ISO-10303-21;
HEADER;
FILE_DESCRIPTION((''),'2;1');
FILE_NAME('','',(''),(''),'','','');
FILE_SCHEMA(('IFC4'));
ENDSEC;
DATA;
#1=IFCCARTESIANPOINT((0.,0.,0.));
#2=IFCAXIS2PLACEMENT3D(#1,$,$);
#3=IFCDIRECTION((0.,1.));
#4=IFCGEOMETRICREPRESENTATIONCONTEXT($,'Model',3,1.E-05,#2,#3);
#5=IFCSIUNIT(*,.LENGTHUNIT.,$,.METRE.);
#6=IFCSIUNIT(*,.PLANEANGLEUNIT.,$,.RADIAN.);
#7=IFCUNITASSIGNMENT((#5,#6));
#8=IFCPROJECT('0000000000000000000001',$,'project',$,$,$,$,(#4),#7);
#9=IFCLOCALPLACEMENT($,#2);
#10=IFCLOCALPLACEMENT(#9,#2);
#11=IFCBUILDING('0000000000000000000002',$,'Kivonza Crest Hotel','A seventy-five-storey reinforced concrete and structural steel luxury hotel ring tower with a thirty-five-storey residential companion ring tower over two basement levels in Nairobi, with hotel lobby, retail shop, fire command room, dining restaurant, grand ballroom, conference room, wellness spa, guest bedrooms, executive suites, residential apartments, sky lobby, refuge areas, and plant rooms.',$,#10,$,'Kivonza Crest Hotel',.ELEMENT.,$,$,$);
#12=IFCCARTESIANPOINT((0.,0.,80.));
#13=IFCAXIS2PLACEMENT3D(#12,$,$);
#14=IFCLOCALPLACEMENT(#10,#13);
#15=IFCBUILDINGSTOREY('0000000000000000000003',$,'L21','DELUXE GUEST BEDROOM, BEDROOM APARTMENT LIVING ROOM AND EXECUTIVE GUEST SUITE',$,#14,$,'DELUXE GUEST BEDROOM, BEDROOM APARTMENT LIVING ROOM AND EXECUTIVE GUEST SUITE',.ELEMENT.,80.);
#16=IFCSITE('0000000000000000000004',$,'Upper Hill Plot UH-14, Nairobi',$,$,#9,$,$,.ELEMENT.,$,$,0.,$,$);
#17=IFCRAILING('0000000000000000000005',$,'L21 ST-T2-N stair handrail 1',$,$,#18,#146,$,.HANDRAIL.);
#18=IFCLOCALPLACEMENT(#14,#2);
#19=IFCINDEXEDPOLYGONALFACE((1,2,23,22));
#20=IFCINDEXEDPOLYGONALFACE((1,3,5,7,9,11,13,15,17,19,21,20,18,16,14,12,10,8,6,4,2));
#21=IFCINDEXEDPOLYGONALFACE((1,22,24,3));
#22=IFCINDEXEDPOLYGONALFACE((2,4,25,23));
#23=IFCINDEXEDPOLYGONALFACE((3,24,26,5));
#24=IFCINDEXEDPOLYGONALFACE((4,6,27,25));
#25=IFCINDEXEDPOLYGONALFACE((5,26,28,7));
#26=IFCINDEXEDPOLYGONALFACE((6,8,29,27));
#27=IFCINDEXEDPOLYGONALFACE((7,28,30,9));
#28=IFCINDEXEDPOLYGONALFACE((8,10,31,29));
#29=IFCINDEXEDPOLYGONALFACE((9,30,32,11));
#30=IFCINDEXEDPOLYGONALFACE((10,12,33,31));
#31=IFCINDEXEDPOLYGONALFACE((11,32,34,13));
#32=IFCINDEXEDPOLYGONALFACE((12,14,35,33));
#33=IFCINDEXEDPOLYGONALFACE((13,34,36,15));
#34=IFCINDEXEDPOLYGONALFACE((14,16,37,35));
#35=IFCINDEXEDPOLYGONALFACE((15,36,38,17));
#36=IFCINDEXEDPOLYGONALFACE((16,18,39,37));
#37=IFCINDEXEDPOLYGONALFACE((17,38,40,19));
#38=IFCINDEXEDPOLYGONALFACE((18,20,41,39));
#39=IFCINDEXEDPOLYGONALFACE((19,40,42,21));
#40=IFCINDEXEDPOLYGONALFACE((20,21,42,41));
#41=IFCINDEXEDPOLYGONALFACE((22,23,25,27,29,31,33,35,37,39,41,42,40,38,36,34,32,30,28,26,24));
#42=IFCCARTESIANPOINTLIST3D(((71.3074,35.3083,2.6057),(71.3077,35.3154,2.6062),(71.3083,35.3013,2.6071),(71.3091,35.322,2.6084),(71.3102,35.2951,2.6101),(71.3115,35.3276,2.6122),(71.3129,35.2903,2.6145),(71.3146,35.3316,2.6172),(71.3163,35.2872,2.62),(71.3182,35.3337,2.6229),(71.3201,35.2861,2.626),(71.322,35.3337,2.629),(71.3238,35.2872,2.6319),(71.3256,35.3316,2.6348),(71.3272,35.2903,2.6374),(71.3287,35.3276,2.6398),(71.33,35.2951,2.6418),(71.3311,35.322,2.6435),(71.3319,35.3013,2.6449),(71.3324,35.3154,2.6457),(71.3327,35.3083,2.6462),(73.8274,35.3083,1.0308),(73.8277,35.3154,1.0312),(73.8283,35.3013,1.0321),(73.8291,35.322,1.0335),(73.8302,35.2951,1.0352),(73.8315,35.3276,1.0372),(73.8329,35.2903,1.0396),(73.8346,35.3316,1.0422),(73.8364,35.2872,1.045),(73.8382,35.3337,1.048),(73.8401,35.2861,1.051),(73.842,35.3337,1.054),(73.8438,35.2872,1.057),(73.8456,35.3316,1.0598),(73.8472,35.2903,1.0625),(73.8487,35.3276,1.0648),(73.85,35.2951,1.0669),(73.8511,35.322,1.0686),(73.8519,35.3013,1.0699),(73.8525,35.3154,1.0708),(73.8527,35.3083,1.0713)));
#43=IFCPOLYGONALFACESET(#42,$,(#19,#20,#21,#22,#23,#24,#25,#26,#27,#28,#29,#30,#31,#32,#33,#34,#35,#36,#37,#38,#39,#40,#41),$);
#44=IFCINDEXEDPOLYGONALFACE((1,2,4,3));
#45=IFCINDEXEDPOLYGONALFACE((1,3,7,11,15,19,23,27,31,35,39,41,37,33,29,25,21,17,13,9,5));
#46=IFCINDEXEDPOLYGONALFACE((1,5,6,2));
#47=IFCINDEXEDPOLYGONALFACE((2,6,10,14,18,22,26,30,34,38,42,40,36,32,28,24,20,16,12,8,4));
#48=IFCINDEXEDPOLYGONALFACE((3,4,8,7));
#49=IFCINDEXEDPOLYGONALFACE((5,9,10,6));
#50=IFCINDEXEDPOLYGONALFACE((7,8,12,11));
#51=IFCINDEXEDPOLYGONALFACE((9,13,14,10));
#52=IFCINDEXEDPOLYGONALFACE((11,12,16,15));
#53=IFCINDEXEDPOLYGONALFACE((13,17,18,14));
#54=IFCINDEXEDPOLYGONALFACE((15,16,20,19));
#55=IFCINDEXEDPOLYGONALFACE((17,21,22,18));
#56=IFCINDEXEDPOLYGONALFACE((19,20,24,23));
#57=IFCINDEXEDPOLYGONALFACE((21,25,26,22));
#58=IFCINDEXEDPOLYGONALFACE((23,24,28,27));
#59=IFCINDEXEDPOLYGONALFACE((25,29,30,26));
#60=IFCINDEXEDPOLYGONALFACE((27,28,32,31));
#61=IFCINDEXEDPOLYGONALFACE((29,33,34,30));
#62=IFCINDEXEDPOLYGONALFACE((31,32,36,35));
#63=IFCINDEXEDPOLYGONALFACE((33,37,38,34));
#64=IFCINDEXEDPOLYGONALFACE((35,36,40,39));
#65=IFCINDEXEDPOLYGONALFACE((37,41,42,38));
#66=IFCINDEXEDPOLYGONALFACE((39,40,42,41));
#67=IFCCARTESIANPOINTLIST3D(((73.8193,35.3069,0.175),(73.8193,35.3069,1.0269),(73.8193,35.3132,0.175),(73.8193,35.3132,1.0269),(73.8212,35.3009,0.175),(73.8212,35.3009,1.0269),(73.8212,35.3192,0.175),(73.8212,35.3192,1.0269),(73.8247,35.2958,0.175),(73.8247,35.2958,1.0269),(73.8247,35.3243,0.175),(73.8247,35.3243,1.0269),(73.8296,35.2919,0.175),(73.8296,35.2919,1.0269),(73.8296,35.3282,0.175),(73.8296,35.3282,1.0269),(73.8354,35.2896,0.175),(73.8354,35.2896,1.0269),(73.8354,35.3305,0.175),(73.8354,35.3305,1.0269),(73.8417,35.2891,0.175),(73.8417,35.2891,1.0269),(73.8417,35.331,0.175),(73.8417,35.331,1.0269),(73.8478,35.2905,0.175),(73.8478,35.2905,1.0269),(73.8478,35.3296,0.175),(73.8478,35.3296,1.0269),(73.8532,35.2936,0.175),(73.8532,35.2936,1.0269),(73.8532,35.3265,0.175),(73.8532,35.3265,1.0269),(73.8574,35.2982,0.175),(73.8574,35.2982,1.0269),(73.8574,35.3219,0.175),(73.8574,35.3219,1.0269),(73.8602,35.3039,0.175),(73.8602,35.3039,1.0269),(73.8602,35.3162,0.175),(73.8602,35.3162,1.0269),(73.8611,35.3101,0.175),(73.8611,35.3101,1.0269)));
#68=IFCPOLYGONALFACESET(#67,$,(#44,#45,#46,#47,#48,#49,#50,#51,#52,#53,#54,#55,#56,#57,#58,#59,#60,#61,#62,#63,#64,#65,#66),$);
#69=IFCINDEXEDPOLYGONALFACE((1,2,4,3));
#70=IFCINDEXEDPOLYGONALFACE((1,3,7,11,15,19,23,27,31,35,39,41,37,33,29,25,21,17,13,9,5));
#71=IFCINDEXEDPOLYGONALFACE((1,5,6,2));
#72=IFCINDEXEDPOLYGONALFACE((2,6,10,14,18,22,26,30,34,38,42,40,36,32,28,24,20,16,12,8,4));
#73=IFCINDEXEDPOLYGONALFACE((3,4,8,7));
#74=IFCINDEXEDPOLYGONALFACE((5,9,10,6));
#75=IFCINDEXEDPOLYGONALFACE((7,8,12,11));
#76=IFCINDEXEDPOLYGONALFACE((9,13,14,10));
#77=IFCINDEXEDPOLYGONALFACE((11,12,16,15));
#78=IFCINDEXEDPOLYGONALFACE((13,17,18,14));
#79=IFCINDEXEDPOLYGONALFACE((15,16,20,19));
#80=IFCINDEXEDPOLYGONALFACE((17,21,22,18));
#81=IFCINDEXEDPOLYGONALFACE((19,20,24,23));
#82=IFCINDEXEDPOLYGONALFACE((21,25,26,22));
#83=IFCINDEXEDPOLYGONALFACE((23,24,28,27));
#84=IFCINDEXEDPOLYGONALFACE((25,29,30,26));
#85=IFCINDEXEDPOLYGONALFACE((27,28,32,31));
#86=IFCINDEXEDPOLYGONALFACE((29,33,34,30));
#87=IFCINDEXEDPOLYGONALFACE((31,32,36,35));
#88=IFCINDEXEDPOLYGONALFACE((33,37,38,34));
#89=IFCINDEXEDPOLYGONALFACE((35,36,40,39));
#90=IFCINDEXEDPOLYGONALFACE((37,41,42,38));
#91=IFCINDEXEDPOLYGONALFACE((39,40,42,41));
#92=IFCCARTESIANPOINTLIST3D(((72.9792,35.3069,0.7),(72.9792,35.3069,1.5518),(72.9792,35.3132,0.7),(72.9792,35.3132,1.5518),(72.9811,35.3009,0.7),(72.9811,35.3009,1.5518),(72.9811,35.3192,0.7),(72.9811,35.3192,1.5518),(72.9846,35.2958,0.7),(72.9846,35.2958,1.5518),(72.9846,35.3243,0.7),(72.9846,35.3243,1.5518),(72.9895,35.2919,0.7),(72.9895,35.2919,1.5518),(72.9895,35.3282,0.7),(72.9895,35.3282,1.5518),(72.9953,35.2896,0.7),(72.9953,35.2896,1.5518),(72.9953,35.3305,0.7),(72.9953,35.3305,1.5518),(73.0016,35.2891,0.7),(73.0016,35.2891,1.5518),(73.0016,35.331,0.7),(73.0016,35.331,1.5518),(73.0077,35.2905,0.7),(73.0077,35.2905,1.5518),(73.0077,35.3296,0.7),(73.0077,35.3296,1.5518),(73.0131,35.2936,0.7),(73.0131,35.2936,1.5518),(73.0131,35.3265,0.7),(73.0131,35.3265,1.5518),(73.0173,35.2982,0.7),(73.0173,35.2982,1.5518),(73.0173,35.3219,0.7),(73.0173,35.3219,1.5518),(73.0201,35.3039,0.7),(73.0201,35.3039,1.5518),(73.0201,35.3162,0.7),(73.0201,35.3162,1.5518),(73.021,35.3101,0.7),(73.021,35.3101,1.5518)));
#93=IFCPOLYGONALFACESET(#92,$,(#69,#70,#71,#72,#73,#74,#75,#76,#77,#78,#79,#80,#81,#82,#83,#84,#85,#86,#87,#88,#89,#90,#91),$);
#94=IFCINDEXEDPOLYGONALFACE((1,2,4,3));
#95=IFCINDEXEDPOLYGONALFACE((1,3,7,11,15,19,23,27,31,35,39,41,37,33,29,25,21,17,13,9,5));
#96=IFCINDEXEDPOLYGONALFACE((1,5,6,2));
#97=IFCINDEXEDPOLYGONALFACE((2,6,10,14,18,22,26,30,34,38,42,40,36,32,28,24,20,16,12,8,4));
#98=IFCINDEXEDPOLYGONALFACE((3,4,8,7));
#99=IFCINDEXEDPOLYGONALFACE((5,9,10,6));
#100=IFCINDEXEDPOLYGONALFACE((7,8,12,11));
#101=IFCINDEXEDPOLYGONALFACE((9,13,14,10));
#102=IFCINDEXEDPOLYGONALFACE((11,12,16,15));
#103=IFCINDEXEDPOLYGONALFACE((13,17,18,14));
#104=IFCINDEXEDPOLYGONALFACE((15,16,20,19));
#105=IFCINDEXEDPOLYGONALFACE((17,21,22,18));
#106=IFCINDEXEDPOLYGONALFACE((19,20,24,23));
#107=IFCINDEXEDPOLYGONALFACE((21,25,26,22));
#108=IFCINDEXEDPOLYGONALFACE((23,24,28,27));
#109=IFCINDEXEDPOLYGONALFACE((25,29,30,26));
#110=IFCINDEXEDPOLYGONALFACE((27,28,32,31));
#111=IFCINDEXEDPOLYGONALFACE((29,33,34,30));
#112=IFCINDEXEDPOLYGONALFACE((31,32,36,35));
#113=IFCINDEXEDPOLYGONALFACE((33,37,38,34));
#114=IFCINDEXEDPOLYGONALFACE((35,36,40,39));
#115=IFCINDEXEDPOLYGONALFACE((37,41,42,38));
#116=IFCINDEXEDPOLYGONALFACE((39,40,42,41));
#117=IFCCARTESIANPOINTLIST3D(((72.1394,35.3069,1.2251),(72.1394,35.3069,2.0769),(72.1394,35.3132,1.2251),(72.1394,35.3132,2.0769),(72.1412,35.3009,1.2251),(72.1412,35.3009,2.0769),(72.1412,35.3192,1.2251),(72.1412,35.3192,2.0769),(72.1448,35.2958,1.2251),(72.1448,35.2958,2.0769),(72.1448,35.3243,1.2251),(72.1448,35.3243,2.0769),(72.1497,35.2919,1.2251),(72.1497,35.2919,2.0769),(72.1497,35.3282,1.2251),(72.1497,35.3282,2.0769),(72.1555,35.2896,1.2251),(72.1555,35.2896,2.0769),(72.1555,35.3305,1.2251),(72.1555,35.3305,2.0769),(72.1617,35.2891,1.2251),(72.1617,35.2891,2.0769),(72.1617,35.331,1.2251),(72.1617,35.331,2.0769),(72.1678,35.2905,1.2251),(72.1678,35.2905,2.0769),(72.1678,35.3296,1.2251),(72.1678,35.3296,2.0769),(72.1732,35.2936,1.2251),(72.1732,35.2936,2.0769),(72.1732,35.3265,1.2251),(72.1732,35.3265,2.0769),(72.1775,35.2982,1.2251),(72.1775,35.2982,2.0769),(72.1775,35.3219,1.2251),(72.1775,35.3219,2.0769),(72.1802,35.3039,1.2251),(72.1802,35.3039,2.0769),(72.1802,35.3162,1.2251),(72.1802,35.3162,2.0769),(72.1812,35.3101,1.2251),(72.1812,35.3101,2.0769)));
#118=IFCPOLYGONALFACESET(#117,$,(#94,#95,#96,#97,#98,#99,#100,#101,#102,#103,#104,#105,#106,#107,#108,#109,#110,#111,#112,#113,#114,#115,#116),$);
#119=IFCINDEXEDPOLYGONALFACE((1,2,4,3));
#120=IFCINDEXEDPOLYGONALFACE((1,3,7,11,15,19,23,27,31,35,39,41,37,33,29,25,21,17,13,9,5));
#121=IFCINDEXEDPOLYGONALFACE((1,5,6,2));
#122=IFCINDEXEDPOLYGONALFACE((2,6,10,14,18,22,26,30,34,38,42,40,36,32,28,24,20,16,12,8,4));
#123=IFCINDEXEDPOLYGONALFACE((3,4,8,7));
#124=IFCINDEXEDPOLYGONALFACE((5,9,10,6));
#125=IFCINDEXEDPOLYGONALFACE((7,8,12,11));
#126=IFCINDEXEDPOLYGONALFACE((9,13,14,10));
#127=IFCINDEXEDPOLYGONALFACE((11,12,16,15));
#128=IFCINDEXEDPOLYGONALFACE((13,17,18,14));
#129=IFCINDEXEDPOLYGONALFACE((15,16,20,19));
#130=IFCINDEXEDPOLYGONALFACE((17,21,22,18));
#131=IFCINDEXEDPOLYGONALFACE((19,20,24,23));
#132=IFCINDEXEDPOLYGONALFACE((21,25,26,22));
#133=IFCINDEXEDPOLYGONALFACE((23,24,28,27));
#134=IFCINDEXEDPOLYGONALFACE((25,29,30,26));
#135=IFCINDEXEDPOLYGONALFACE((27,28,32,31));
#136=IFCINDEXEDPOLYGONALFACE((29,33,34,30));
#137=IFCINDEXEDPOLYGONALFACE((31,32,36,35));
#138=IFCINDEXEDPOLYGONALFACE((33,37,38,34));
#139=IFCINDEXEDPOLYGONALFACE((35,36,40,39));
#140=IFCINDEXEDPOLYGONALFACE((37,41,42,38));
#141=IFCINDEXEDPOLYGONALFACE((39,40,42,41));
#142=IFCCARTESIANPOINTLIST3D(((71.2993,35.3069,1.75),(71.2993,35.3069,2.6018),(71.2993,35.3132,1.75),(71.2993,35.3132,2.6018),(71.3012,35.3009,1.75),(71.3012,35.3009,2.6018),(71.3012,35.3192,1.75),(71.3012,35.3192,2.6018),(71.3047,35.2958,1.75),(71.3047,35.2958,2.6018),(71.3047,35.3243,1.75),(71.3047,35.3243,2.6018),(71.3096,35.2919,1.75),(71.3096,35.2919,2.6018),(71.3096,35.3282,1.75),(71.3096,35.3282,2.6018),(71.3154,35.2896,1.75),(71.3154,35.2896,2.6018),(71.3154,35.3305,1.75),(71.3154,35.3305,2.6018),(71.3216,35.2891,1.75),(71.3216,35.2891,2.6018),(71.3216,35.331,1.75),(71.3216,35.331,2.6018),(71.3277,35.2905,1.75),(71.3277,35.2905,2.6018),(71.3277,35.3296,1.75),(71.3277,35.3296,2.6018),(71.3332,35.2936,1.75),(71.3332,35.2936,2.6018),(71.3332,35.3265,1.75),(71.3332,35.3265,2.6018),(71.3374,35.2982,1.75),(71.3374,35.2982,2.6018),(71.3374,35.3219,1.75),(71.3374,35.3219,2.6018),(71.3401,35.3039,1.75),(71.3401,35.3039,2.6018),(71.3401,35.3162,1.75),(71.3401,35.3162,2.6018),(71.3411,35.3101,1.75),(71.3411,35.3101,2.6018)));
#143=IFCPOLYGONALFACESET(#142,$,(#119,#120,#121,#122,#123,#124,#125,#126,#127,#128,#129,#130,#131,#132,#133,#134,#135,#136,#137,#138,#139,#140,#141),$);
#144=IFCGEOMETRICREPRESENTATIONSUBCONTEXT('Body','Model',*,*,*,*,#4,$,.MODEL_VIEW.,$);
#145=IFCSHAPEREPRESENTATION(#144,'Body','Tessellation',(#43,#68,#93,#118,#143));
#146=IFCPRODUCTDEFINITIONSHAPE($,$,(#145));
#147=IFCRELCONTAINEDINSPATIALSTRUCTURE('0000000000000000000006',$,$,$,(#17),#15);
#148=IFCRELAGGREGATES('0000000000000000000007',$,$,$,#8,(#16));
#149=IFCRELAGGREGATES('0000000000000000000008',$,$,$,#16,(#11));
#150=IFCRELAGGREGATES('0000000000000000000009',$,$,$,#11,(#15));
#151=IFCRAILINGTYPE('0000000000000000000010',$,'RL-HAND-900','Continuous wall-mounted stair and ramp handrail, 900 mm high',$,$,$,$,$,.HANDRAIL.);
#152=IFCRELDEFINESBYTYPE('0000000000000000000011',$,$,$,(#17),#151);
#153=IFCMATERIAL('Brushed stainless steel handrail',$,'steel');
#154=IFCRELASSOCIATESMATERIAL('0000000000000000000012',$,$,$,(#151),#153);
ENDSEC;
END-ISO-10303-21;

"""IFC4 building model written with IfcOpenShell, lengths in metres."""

from ifc_helpers import new_model, si_unit, direction, frame, origin, origin_2d, place, context, subcontext, project, spatial, circle, extrude, material, type_object, element, save


model = new_model("IFC4")

# Units and contexts
model_context = context("Model", 3, precision=1e-05, world=origin(), true_north=direction((0.0, 1.0)))
body_context = subcontext(model_context, "Body", "Model", "MODEL_VIEW")
ifc_project = project(units=[si_unit("LENGTHUNIT", "METRE"), si_unit("PLANEANGLEUNIT", "RADIAN")], contexts=[model_context])

# Site, building, storey
site_placement = place(None, origin())
site = spatial("IfcSite", under=ifc_project, at=site_placement, Name="Upper Hill Plot UH-14, Nairobi", CompositionType="ELEMENT", RefElevation=0.0)
building_placement = place(site_placement, origin())
building = spatial("IfcBuilding", under=site, at=building_placement, Name="Kivonza Crest Hotel", Description="A seventy-five-storey reinforced concrete and structural steel luxury hotel ring tower with a thirty-five-storey residential companion ring tower over two basement levels in Nairobi, with hotel lobby, retail shop, fire command room, dining restaurant, grand ballroom, conference room, wellness spa, guest bedrooms, executive suites, residential apartments, sky lobby, refuge areas, and plant rooms.", LongName="Kivonza Crest Hotel", CompositionType="ELEMENT")
storey_placement = place(building_placement, frame((0.0, 0.0, 80.0)))
storey = spatial("IfcBuildingStorey", under=building, at=storey_placement, Name="L21", Description="DELUXE GUEST BEDROOM, BEDROOM APARTMENT LIVING ROOM AND EXECUTIVE GUEST SUITE", LongName="DELUXE GUEST BEDROOM, BEDROOM APARTMENT LIVING ROOM AND EXECUTIVE GUEST SUITE", CompositionType="ELEMENT", Elevation=80.0)

# Railing
ifc_material_1 = material(Name="Brushed stainless steel handrail", Category="steel")
railing_type_1 = type_object("IfcRailingType", Name="RL-HAND-900", Description="Continuous wall-mounted stair and ramp handrail, 900 mm high", PredefinedType="HANDRAIL", material=ifc_material_1)
railing_1_placement = place(storey_placement, frame((73.8401, 35.3101, 0.175)))
element("IfcRailing", 1, at=railing_1_placement, inside=storey, type_object=railing_type_1, Name="L21 ST-T2-N stair handrail 1", PredefinedType="HANDRAIL", context=body_context, shape_type="SweptSolid", body=[
    extrude(circle(Radius=0.0239, at=origin_2d()), frame((0.0, 0.0, 0.876), z_axis=(-0.848008, 0.0, 0.529984), x_axis=(0.0, -1.0, 0.0)), (0.0, 0.0, 1.0), 2.9717),
    extrude(circle(Radius=0.021, at=origin_2d()), origin(), (0.0, 0.0, 1.0), 0.8518),
    extrude(circle(Radius=0.021, at=origin_2d()), frame((-0.8401, 0.0, 0.5249)), (0.0, 0.0, 1.0), 0.8518),
    extrude(circle(Radius=0.021, at=origin_2d()), frame((-1.6799, 0.0, 1.05)), (0.0, 0.0, 1.0), 0.8518),
    extrude(circle(Radius=0.021, at=origin_2d()), frame((-2.52, 0.0, 1.575)), (0.0, 0.0, 1.0), 0.8518),
])

save(model, "model.ifc")
